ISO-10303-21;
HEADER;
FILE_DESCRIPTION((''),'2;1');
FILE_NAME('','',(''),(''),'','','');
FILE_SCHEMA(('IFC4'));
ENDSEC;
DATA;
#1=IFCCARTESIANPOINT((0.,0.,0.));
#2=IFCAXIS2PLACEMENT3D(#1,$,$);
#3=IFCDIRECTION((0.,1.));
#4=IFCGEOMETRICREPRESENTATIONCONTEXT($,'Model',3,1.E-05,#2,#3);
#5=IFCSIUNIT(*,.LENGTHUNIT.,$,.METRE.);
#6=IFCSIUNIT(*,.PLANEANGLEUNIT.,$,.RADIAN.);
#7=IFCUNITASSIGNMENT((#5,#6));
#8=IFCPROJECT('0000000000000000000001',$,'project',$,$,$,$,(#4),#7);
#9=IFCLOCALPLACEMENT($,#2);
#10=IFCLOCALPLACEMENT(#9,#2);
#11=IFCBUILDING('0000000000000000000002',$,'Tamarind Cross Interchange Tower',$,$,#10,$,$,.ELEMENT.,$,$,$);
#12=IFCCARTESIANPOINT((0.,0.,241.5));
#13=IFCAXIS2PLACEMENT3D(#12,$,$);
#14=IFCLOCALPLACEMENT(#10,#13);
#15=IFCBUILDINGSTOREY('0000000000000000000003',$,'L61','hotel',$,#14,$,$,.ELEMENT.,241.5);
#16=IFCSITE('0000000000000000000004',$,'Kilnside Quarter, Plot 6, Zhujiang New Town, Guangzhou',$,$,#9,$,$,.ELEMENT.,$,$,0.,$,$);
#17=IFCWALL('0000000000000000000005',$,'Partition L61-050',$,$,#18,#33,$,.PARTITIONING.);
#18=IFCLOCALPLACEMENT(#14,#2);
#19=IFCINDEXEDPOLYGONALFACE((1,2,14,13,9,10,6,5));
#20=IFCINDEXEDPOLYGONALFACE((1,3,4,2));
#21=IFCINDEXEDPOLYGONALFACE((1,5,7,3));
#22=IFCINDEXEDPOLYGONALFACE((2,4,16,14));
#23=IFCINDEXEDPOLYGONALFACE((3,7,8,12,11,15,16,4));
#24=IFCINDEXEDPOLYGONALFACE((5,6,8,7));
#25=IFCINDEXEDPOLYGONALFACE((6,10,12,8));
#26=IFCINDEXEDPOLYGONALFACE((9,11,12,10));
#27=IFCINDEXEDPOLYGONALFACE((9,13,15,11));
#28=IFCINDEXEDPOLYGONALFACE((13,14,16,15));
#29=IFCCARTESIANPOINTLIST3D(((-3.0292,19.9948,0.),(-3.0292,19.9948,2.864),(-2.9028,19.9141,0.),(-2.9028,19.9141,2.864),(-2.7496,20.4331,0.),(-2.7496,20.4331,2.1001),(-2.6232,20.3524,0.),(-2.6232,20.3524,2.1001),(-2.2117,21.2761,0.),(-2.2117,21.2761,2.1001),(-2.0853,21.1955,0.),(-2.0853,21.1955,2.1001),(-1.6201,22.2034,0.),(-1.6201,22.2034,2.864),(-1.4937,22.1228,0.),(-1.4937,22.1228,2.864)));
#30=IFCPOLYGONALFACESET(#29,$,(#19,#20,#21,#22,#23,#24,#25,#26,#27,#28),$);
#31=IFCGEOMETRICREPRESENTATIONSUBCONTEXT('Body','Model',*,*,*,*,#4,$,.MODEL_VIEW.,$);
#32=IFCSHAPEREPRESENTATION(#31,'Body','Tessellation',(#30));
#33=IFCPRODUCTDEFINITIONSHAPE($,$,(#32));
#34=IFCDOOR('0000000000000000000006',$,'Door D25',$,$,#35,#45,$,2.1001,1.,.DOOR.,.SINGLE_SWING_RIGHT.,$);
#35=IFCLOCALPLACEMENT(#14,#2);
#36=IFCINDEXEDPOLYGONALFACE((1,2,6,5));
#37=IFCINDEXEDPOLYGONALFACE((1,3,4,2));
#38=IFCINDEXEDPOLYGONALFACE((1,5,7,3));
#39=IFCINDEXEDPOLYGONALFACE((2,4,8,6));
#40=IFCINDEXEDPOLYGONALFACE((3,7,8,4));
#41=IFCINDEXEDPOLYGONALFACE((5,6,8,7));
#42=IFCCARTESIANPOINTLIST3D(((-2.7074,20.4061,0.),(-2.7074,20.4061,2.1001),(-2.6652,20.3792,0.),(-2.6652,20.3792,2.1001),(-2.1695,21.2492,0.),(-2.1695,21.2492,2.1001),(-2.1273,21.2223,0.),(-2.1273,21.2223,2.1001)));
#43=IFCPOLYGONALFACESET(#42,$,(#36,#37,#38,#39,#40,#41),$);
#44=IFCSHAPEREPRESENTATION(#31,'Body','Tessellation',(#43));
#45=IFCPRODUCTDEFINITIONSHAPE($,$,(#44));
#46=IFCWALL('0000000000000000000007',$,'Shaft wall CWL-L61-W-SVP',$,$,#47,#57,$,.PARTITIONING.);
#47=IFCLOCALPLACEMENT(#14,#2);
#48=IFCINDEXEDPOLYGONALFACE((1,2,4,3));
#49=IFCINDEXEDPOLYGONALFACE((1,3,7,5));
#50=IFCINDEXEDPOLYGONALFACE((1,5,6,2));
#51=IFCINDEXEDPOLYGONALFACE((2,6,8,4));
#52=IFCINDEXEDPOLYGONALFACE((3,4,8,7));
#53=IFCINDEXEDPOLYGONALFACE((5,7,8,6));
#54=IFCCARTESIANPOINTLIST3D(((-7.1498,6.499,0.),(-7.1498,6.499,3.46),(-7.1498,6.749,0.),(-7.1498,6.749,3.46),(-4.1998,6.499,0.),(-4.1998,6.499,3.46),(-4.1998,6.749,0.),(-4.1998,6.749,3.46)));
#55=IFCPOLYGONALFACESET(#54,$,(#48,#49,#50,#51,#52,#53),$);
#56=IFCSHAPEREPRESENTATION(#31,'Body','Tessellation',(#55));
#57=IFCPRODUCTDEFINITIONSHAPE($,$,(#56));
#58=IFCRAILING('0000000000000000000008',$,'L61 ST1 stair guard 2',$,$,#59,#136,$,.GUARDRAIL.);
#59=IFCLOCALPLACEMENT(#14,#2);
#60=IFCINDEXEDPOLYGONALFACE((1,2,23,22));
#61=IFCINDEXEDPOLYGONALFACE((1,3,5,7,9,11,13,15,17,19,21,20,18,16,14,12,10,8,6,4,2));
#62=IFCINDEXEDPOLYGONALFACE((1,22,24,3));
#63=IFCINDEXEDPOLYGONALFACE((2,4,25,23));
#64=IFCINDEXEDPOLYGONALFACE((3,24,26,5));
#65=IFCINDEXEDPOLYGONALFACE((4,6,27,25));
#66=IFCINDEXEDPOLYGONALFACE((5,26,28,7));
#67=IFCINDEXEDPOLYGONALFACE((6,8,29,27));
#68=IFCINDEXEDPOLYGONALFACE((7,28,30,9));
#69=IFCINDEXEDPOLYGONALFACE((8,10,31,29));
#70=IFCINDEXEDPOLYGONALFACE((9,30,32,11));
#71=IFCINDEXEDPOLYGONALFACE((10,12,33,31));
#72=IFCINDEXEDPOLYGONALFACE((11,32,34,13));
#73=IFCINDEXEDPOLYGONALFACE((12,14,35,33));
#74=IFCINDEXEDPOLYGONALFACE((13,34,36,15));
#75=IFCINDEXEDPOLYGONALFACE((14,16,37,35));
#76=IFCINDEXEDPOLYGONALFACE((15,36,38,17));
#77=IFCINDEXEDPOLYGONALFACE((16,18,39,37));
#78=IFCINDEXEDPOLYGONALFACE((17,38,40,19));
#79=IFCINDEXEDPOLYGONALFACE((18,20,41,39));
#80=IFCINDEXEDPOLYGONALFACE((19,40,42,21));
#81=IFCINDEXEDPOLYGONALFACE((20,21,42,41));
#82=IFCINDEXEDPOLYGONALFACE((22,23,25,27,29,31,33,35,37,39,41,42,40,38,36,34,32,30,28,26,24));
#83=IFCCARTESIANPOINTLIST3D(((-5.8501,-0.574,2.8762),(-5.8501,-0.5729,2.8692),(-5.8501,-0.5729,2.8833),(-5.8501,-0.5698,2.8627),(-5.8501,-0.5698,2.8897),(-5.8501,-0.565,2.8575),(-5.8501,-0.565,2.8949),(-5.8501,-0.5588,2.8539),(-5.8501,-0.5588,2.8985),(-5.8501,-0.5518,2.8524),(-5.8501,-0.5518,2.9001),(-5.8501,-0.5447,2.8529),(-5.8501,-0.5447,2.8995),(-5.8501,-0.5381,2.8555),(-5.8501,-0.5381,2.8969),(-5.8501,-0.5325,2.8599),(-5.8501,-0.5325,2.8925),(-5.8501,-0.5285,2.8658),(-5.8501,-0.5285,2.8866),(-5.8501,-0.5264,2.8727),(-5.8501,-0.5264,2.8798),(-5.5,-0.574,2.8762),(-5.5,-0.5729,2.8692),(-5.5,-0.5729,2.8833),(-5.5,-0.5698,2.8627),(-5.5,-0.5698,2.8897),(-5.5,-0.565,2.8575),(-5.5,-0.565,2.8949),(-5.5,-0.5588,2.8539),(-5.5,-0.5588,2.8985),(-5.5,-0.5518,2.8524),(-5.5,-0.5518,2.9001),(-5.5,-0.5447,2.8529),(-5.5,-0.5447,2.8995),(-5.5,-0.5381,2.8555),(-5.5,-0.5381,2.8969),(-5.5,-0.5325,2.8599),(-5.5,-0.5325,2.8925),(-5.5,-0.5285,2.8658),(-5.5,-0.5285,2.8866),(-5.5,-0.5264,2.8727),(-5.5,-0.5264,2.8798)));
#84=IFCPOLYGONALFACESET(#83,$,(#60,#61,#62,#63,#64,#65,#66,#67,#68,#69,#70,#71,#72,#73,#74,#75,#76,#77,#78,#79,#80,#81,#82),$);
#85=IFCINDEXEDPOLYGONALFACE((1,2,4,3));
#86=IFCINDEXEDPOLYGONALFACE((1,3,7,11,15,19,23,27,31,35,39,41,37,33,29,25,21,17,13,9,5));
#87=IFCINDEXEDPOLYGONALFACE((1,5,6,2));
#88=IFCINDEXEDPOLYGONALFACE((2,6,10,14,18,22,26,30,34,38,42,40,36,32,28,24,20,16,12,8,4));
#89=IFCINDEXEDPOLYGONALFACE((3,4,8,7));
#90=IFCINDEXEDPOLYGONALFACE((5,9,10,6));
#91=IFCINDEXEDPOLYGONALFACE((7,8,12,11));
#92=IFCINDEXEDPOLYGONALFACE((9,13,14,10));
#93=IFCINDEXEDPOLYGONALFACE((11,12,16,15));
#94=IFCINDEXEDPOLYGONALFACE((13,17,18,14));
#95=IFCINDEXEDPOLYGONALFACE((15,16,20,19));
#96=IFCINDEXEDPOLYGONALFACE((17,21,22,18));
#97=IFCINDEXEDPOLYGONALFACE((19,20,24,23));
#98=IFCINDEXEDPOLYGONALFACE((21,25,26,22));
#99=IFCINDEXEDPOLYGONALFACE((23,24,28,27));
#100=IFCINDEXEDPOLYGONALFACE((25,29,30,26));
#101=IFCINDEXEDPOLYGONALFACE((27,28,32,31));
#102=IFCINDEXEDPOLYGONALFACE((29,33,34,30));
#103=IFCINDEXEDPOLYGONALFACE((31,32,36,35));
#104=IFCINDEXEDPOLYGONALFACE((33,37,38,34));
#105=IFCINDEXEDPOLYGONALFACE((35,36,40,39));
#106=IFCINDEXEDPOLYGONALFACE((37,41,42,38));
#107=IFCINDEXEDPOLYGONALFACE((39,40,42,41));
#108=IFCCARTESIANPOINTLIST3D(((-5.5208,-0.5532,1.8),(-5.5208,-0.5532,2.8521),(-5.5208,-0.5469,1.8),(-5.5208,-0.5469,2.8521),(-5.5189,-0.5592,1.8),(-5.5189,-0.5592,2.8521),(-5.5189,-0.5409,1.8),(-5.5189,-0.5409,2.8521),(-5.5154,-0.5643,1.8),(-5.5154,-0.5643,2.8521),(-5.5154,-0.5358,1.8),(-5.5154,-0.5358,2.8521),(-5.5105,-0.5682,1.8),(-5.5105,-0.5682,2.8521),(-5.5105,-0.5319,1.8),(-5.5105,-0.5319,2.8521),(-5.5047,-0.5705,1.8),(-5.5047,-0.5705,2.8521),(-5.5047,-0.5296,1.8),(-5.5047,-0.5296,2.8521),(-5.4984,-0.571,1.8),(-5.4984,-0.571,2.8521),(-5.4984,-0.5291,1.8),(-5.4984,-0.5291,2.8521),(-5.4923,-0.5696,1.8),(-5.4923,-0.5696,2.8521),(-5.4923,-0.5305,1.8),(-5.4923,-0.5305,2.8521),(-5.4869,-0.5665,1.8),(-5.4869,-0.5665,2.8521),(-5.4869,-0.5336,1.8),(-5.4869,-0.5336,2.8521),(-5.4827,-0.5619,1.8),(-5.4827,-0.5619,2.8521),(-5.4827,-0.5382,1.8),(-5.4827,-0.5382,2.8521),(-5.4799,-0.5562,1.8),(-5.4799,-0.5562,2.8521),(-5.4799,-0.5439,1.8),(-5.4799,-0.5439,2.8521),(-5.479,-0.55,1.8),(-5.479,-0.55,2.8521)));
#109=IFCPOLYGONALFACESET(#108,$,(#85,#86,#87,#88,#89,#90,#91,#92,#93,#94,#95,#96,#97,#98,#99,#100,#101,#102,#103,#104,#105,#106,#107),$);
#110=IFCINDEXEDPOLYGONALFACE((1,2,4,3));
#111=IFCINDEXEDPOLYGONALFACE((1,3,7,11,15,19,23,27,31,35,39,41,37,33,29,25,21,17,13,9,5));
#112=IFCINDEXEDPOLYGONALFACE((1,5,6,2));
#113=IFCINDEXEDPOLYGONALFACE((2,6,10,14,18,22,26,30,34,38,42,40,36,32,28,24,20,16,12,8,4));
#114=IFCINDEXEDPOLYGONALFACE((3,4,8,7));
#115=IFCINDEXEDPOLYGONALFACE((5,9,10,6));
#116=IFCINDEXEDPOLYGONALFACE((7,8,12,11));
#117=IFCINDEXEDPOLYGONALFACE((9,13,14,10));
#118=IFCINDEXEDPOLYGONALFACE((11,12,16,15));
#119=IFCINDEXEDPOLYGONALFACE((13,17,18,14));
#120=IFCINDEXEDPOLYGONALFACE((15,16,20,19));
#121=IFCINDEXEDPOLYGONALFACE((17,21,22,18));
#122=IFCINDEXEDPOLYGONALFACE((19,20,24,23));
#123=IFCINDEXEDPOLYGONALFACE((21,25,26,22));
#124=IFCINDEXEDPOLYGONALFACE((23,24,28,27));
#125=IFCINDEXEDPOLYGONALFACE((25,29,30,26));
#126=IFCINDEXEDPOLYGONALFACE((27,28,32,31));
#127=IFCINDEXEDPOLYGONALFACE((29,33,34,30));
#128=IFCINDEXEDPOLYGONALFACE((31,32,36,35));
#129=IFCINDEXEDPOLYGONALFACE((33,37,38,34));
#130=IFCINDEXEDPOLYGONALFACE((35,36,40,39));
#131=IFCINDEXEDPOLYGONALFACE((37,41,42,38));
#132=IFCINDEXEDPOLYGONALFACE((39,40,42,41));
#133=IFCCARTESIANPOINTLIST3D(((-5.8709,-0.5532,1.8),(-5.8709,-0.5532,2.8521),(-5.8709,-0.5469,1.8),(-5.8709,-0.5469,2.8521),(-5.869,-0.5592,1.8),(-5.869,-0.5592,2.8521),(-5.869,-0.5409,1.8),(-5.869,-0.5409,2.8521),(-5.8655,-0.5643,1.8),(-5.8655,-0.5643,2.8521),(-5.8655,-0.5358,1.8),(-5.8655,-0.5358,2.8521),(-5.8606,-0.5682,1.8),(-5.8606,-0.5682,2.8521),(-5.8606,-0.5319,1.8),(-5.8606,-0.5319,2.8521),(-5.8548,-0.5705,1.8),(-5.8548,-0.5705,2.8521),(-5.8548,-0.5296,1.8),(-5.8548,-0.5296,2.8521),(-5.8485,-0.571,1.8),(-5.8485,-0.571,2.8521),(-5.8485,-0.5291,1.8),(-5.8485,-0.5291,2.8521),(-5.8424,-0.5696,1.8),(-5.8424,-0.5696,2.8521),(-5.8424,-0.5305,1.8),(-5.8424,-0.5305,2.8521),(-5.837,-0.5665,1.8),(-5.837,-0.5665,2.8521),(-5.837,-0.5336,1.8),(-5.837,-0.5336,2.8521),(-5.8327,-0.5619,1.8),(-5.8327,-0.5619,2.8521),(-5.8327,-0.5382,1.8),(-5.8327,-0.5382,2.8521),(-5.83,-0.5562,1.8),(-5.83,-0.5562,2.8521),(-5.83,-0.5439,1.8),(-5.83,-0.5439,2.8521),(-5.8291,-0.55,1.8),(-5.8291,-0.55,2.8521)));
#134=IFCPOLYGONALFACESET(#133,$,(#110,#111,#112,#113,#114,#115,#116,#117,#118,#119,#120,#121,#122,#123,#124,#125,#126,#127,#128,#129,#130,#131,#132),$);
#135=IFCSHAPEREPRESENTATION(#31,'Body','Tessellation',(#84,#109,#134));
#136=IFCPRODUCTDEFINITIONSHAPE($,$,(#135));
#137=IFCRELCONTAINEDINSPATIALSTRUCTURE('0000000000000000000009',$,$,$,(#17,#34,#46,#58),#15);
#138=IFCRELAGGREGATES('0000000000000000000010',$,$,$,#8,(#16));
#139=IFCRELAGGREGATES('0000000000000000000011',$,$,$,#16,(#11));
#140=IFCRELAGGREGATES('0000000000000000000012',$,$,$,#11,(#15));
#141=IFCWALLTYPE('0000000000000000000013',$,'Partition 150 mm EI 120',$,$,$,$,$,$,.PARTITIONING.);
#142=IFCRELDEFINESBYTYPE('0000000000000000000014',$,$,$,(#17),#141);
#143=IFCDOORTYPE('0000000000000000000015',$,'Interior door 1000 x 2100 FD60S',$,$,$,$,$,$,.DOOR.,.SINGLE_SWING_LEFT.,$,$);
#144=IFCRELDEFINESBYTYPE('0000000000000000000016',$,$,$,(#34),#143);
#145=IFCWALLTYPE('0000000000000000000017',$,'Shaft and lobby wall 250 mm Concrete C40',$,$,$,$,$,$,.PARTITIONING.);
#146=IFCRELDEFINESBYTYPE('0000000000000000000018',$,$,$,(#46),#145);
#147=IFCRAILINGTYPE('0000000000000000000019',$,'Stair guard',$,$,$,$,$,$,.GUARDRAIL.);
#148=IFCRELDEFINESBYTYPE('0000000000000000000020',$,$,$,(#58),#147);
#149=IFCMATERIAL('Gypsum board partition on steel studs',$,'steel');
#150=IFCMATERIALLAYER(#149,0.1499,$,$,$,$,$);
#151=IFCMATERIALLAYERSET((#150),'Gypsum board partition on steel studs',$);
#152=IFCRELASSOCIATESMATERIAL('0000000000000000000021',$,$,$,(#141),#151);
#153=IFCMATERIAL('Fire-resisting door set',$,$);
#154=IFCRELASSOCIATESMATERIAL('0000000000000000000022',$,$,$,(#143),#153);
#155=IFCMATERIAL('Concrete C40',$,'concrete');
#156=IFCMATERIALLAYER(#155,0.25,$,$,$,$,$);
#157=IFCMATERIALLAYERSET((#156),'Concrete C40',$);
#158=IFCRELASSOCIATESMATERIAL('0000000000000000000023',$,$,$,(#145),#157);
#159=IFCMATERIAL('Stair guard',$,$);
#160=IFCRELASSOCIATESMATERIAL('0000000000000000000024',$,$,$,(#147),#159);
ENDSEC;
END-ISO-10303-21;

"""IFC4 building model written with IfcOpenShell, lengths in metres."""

from ifc_helpers import new_model, si_unit, direction, frame, frame_2d, origin, origin_2d, place, context, subcontext, project, spatial, rectangle, circle, extrude, material, layer, layer_set, type_object, element, fill, save


model = new_model("IFC4")

# Units and contexts
model_context = context("Model", 3, precision=1e-05, world=origin(), true_north=direction((0.0, 1.0)))
body_context = subcontext(model_context, "Body", "Model", "MODEL_VIEW")
ifc_project = project(units=[si_unit("LENGTHUNIT", "METRE"), si_unit("PLANEANGLEUNIT", "RADIAN")], contexts=[model_context])

# Site, building, storey
site_placement = place(None, origin())
site = spatial("IfcSite", under=ifc_project, at=site_placement, Name="Kilnside Quarter, Plot 6, Zhujiang New Town, Guangzhou", CompositionType="ELEMENT", RefElevation=0.0)
building_placement = place(site_placement, origin())
building = spatial("IfcBuilding", under=site, at=building_placement, Name="Tamarind Cross Interchange Tower", CompositionType="ELEMENT")
storey_placement = place(building_placement, frame((0.0, 0.0, 241.5)))
storey = spatial("IfcBuildingStorey", under=building, at=storey_placement, Name="L61", Description="hotel", CompositionType="ELEMENT", Elevation=241.5)

# Shared definitions
ifc_material_1 = material(Name="Gypsum board partition on steel studs", Category="steel")
ifc_layer_1 = layer(ifc_material_1, 0.1499)
ifc_layer_set_1 = layer_set([ifc_layer_1], Name="Gypsum board partition on steel studs")
wall_type_1 = type_object("IfcWallType", Name="Partition 150 mm EI 120", PredefinedType="PARTITIONING", material=ifc_layer_set_1)

# Shared definitions
ifc_material_2 = material(Name="Fire-resisting door set")

# Wall, opening, door
wall_1_placement = place(storey_placement, frame((-2.9661, 19.9543, 0.0), z_axis=(0.0, 0.0, 1.0), x_axis=(0.537858, 0.843035, 0.0)))
wall_1 = element("IfcWall", 1, at=wall_1_placement, inside=storey, type_object=wall_type_1, Name="Partition L61-050", PredefinedType="PARTITIONING", context=body_context, shape_type="SweptSolid", body=[
    extrude(rectangle(XDim=2.6199, YDim=0.1499, at=frame_2d((1.3101, 0.0))), origin(), (0.0, 0.0, 1.0), 2.864),
])
opening_1_placement = place(wall_1_placement, frame((0.52, 0.0, 0.0)))
opening_1 = element("IfcOpeningElement", 2, at=opening_1_placement, cuts=wall_1, PredefinedType="OPENING", context=body_context, shape_type="SweptSolid", body=[
    extrude(rectangle(XDim=1.0, YDim=2.1001, at=frame_2d((0.5, 1.05))), frame((0.0, 0.085, 0.0), z_axis=(0.0, -1.0, 0.0), x_axis=(1.0, 0.0, 0.0)), (0.0, 0.0, 1.0), 0.1699),
])
door_type_1 = type_object("IfcDoorType", Name="Interior door 1000 x 2100 FD60S", OperationType="SINGLE_SWING_LEFT", PredefinedType="DOOR", material=ifc_material_2)
door_1_placement = place(opening_1_placement, origin())
door_1 = element("IfcDoor", 3, at=door_1_placement, inside=storey, type_object=door_type_1, Name="Door D25", OperationType="SINGLE_SWING_RIGHT", OverallHeight=2.1001, OverallWidth=1.0, PredefinedType="DOOR", context=body_context, shape_type="SweptSolid", body=[
    extrude(rectangle(XDim=1.0, YDim=2.1001, at=frame_2d((0.5, 1.05))), frame((0.0, 0.0249, 0.0), z_axis=(0.0, -1.0, 0.0), x_axis=(1.0, 0.0, 0.0)), (0.0, 0.0, 1.0), 0.05),
])
fill(opening_1, door_1)

# Wall
ifc_material_3 = material(Name="Concrete C40", Category="concrete")
ifc_layer_2 = layer(ifc_material_3, 0.25)
ifc_layer_set_2 = layer_set([ifc_layer_2], Name="Concrete C40")
wall_type_2 = type_object("IfcWallType", Name="Shaft and lobby wall 250 mm Concrete C40", PredefinedType="PARTITIONING", material=ifc_layer_set_2)
wall_2_placement = place(storey_placement, frame((-7.1499, 6.624, 0.0), z_axis=(0.0, 0.0, 1.0), x_axis=(1.0, 0.0, 0.0)))
element("IfcWall", 4, at=wall_2_placement, inside=storey, type_object=wall_type_2, Name="Shaft wall CWL-L61-W-SVP", PredefinedType="PARTITIONING", context=body_context, shape_type="SweptSolid", body=[
    extrude(rectangle(XDim=2.95, YDim=0.25, at=frame_2d((1.4751, 0.0))), origin(), (0.0, 0.0, 1.0), 3.46),
])

# Railing
ifc_material_4 = material(Name="Stair guard")
railing_type_1 = type_object("IfcRailingType", Name="Stair guard", PredefinedType="GUARDRAIL", material=ifc_material_4)
railing_1_placement = place(storey_placement, frame((-5.5, -0.55, 1.8)))
element("IfcRailing", 5, at=railing_1_placement, inside=storey, type_object=railing_type_1, Name="L61 ST1 stair guard 2", PredefinedType="GUARDRAIL", context=body_context, shape_type="SweptSolid", body=[
    extrude(circle(Radius=0.0239, at=origin_2d()), frame((0.0, 0.0, 1.0762), z_axis=(-1.0, 0.0, 0.0), x_axis=(0.0, -1.0, 0.0)), (0.0, 0.0, 1.0), 0.3501),
    extrude(circle(Radius=0.021, at=origin_2d()), origin(), (0.0, 0.0, 1.0), 1.052),
    extrude(circle(Radius=0.021, at=origin_2d()), frame((-0.3501, 0.0, 0.0)), (0.0, 0.0, 1.0), 1.052),
])

save(model, "model.ifc")
